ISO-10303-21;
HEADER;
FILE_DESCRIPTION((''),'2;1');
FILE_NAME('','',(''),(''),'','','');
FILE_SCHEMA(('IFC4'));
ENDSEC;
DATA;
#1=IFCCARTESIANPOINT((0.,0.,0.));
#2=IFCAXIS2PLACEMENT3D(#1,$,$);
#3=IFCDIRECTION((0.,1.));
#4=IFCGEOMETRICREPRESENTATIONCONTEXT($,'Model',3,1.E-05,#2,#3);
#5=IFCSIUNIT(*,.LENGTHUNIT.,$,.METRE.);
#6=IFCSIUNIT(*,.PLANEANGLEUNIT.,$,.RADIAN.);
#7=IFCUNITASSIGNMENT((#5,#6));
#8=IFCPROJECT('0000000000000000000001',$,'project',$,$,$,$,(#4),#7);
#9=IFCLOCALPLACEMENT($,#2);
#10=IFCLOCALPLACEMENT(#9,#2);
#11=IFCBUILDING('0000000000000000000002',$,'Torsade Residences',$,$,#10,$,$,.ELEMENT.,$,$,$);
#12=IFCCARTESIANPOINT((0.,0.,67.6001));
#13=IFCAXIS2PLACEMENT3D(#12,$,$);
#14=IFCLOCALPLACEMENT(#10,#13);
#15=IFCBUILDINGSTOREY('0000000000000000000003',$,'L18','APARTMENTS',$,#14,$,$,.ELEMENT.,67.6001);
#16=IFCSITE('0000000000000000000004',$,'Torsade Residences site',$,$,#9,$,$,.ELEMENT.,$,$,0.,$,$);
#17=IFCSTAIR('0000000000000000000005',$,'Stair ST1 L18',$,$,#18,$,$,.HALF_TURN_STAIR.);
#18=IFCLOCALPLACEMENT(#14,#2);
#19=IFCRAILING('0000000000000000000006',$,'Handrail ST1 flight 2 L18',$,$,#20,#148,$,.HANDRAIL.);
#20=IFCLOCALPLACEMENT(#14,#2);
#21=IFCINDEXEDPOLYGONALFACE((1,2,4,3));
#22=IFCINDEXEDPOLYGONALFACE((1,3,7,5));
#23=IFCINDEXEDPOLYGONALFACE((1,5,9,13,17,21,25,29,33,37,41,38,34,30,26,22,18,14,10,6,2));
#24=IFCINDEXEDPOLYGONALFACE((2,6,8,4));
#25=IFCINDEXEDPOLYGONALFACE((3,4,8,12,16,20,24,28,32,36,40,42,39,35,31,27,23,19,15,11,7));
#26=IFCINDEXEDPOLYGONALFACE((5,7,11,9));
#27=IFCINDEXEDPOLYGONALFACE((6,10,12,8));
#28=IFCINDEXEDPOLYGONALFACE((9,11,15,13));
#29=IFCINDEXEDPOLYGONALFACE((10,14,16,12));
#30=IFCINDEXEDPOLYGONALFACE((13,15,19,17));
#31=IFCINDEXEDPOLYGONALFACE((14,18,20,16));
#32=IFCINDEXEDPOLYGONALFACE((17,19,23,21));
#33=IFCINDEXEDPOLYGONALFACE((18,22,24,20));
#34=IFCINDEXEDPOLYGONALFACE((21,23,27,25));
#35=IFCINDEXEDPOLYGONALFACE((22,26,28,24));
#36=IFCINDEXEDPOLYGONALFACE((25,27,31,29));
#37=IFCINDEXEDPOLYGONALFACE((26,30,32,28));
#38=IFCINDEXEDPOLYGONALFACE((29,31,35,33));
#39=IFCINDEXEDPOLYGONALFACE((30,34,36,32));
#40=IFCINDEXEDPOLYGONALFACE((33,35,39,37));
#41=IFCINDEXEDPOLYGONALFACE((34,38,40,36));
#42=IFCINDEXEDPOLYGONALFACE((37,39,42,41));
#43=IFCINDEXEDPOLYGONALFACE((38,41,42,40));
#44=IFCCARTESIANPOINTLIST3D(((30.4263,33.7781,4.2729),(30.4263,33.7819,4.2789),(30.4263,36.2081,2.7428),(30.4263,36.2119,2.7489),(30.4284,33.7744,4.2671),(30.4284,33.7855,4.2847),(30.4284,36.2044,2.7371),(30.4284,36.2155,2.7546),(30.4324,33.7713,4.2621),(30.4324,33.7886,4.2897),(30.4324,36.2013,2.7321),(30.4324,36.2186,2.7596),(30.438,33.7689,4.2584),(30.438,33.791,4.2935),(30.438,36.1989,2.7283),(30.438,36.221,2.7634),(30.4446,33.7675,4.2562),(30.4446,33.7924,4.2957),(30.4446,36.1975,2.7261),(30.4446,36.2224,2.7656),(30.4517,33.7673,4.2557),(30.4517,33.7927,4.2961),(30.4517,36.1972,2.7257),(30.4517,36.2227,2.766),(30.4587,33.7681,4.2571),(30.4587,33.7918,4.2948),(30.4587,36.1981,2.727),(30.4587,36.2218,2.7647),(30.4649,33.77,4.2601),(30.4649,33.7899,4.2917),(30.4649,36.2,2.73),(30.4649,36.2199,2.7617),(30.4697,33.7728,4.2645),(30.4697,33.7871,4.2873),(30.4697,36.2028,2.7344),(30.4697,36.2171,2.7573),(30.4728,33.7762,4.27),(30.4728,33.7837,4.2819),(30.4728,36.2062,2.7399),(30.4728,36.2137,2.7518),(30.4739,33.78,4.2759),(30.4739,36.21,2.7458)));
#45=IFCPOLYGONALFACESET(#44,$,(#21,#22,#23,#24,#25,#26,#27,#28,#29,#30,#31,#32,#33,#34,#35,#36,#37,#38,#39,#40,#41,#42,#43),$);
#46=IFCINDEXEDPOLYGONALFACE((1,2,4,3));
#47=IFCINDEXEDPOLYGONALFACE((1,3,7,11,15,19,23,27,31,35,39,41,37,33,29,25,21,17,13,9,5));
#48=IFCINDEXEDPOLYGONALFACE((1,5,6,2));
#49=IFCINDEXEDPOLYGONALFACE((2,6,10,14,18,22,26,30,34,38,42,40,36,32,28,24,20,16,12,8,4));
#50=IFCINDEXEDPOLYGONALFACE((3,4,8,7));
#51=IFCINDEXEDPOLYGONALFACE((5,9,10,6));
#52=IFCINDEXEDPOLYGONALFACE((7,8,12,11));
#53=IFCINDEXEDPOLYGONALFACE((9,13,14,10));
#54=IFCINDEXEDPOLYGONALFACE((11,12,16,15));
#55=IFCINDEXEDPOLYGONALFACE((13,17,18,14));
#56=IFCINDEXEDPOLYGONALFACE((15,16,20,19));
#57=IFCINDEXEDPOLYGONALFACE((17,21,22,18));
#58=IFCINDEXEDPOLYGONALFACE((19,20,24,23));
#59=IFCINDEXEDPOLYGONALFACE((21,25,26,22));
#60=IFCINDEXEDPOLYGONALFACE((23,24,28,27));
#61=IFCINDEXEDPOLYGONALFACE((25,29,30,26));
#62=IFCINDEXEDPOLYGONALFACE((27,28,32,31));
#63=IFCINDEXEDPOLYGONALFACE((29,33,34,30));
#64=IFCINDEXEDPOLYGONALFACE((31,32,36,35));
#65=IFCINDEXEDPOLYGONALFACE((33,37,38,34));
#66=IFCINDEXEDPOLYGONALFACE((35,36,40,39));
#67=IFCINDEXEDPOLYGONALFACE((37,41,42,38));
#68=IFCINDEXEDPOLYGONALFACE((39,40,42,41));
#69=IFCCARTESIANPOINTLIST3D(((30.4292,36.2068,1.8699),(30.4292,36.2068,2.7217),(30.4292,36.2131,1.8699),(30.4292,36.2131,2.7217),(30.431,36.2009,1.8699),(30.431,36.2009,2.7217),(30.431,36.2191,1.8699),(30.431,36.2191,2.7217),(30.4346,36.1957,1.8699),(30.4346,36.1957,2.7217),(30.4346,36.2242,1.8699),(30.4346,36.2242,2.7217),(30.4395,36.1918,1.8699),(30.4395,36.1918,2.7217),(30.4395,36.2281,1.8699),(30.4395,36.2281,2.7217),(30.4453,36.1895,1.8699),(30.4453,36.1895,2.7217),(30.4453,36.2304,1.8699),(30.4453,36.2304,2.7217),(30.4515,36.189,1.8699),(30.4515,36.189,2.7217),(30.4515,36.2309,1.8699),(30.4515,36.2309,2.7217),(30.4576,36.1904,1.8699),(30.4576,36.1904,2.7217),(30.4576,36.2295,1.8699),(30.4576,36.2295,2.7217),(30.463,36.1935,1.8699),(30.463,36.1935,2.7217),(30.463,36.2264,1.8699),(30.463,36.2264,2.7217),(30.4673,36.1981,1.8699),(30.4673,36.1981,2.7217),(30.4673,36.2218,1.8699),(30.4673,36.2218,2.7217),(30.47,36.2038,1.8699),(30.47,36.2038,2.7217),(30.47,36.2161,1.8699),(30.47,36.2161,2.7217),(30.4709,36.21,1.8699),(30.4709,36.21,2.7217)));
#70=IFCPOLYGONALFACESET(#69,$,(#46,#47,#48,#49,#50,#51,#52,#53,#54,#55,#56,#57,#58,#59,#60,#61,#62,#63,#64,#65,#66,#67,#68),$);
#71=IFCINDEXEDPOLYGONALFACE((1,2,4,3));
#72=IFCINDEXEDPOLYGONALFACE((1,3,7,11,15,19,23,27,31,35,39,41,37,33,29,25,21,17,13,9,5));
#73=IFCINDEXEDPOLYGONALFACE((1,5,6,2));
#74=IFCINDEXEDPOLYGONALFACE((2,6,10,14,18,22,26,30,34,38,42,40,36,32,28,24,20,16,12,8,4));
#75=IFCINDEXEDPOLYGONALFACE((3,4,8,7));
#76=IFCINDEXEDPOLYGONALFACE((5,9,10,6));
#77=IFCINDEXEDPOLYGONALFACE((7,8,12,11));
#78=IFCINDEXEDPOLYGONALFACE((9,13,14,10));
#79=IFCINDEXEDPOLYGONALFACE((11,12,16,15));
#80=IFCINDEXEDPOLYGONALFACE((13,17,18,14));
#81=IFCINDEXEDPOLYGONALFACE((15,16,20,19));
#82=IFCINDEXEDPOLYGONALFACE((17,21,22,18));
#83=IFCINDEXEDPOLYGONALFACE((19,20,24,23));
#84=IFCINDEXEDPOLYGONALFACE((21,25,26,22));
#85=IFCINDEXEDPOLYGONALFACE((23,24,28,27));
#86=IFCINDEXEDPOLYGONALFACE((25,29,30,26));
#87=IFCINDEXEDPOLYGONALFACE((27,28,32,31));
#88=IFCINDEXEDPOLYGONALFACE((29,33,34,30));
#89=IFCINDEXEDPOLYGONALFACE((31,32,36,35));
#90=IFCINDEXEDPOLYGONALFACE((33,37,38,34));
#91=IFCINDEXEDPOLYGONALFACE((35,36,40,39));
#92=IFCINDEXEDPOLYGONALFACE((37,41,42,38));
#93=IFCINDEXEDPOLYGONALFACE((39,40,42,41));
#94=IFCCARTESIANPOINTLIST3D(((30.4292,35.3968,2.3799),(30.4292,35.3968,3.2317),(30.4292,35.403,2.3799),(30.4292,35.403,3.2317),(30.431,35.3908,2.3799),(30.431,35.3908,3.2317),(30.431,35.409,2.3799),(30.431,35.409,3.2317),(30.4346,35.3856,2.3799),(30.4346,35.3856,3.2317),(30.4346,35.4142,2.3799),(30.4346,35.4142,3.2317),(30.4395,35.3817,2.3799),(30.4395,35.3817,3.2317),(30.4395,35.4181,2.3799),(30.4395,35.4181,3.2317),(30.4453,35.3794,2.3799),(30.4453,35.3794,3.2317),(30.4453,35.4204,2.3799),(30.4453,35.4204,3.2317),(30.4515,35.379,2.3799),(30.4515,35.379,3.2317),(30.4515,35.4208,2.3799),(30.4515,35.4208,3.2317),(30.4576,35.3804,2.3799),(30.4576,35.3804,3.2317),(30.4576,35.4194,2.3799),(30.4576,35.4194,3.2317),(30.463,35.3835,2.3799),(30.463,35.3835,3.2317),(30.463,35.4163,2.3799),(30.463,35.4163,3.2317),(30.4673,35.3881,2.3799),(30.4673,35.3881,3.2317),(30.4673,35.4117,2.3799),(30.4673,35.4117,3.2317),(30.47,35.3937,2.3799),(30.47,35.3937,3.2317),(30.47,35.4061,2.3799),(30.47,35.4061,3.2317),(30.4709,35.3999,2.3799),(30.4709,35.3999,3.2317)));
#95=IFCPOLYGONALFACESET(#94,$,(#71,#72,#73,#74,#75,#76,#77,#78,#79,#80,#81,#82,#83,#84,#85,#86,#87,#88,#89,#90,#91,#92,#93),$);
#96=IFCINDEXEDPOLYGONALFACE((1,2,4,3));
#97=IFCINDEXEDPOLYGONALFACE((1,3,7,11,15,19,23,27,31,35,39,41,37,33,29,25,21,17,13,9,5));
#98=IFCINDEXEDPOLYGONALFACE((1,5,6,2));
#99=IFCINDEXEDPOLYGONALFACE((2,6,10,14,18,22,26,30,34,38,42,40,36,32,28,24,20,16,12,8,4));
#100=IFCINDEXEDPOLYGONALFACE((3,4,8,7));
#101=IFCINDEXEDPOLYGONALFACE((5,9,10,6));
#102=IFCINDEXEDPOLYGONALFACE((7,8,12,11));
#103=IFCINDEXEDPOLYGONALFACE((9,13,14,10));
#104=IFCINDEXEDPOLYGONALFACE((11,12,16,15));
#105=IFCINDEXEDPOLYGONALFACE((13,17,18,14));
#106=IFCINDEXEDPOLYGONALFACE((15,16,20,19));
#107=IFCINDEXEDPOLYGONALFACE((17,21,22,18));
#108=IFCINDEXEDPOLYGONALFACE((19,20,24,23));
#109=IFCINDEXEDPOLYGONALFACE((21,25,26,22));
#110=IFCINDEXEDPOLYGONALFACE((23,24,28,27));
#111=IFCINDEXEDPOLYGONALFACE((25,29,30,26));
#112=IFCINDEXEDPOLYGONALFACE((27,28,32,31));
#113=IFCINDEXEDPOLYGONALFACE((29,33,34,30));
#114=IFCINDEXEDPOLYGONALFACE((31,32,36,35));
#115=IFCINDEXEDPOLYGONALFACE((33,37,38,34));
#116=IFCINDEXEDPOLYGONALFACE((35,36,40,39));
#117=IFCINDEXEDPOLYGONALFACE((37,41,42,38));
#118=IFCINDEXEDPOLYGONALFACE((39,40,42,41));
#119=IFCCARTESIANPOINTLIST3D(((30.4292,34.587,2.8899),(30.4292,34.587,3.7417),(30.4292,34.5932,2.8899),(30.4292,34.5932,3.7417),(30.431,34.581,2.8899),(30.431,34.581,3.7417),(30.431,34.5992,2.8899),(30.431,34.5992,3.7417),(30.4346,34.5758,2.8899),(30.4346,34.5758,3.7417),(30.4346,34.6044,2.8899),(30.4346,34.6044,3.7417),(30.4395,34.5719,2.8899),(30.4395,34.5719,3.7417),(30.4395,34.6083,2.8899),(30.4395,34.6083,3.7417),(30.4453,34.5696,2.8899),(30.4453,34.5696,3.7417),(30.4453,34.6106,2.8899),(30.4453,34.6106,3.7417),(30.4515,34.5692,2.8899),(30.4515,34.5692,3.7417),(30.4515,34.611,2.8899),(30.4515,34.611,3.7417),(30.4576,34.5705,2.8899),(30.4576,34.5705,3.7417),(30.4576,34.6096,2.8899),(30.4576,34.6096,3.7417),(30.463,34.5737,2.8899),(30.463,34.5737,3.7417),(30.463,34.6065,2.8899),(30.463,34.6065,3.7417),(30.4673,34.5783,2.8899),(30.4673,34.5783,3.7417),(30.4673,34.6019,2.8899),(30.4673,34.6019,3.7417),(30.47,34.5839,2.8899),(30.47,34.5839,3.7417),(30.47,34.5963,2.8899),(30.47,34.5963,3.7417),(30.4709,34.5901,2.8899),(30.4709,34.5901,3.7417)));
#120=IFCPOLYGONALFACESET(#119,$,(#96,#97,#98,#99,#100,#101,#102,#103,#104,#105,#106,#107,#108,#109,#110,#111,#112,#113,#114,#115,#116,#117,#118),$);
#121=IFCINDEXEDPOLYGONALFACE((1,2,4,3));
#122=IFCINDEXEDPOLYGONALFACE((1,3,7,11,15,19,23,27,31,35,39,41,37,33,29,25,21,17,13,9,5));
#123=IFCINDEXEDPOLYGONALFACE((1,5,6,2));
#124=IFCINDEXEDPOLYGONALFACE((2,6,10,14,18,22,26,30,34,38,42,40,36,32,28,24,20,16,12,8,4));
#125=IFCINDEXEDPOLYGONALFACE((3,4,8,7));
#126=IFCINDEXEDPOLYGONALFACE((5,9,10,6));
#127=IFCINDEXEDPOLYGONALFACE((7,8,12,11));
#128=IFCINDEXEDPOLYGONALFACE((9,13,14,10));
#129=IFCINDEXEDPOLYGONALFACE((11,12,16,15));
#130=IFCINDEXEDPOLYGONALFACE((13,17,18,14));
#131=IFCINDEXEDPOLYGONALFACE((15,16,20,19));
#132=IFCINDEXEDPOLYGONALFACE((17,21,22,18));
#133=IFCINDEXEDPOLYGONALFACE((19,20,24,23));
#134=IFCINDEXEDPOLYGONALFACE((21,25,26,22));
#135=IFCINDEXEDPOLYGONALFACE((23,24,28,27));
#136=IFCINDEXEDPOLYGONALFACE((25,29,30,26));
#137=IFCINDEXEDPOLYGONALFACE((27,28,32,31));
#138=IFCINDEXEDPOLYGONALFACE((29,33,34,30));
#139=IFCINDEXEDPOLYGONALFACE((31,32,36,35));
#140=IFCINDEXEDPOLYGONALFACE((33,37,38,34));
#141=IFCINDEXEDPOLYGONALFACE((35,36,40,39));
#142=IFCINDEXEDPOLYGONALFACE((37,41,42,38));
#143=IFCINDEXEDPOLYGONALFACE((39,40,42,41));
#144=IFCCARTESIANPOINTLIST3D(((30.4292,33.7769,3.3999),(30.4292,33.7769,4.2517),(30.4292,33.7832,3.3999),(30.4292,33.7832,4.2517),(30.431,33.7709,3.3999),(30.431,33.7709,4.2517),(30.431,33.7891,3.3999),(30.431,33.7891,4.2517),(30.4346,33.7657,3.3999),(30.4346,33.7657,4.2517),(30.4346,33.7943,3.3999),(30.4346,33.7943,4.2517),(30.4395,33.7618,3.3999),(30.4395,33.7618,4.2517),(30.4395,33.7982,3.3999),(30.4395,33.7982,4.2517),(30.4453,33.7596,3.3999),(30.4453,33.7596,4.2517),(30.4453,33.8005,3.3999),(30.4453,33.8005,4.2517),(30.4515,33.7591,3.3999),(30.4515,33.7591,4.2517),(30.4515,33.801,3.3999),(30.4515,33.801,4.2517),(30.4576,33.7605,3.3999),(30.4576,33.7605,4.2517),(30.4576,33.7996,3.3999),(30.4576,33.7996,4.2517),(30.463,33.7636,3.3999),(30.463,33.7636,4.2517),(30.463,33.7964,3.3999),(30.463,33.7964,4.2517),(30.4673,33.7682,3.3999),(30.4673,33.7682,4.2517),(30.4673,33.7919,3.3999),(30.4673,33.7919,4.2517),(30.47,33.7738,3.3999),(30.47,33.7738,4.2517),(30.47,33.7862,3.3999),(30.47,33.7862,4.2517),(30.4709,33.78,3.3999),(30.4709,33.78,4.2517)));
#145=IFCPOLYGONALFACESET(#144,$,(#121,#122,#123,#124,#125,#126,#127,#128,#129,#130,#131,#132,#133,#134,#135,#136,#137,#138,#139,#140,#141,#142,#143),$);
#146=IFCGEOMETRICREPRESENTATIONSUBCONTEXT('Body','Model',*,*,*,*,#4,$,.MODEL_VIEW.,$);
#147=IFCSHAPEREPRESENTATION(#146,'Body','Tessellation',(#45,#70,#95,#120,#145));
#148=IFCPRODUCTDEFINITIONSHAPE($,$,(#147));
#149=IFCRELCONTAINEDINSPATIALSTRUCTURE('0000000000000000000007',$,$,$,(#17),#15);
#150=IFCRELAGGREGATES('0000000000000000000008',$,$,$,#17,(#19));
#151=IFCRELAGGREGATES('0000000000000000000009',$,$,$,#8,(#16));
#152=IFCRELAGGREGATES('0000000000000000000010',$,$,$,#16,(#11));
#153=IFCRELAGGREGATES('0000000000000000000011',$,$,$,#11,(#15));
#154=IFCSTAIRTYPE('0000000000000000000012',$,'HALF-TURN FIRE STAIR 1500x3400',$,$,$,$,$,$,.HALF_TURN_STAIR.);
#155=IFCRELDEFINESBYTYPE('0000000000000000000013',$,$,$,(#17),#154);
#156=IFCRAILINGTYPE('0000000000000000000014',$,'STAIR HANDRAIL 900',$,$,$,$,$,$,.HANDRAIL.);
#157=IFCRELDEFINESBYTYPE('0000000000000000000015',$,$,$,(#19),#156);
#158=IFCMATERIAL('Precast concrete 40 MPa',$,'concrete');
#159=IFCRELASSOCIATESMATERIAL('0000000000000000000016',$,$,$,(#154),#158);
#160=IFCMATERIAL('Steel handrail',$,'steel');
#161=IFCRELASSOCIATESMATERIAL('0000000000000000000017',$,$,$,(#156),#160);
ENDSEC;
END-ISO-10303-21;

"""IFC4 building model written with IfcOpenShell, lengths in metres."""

from ifc_helpers import new_model, si_unit, direction, frame, origin, origin_2d, place, context, subcontext, project, spatial, circle, extrude, material, type_object, element, aggregate, save


model = new_model("IFC4")

# Units and contexts
model_context = context("Model", 3, precision=1e-05, world=origin(), true_north=direction((0.0, 1.0)))
body_context = subcontext(model_context, "Body", "Model", "MODEL_VIEW")
ifc_project = project(units=[si_unit("LENGTHUNIT", "METRE"), si_unit("PLANEANGLEUNIT", "RADIAN")], contexts=[model_context])

# Site, building, storey
site_placement = place(None, origin())
site = spatial("IfcSite", under=ifc_project, at=site_placement, Name="Torsade Residences site", CompositionType="ELEMENT", RefElevation=0.0)
building_placement = place(site_placement, origin())
building = spatial("IfcBuilding", under=site, at=building_placement, Name="Torsade Residences", CompositionType="ELEMENT")
storey_placement = place(building_placement, frame((0.0, 0.0, 67.6001)))
storey = spatial("IfcBuildingStorey", under=building, at=storey_placement, Name="L18", Description="APARTMENTS", CompositionType="ELEMENT", Elevation=67.6001)

# Stair, railing
ifc_material_1 = material(Name="Precast concrete 40 MPa", Category="concrete")
stair_type = type_object("IfcStairType", Name="HALF-TURN FIRE STAIR 1500x3400", PredefinedType="HALF_TURN_STAIR", material=ifc_material_1)
stair_placement = place(storey_placement, origin())
stair = element("IfcStair", 1, at=stair_placement, inside=storey, type_object=stair_type, Name="Stair ST1 L18", PredefinedType="HALF_TURN_STAIR")
ifc_material_2 = material(Name="Steel handrail", Category="steel")
railing_type = type_object("IfcRailingType", Name="STAIR HANDRAIL 900", PredefinedType="HANDRAIL", material=ifc_material_2)
railing_1_placement = place(storey_placement, frame((30.45, 36.21, 1.8699)))
railing_1 = element("IfcRailing", 2, at=railing_1_placement, type_object=railing_type, Name="Handrail ST1 flight 2 L18", PredefinedType="HANDRAIL", context=body_context, shape_type="SweptSolid", body=[
    extrude(circle(Radius=0.0239, at=origin_2d()), frame((0.0, 0.0, 0.876), z_axis=(0.0, -0.846221, 0.532831), x_axis=(1.0, 0.0, 0.0)), (0.0, 0.0, 1.0), 2.8716),
    extrude(circle(Radius=0.021, at=origin_2d()), origin(), (0.0, 0.0, 1.0), 0.8518),
    extrude(circle(Radius=0.021, at=origin_2d()), frame((0.0, -0.8101, 0.51)), (0.0, 0.0, 1.0), 0.8518),
    extrude(circle(Radius=0.021, at=origin_2d()), frame((0.0, -1.6199, 1.02)), (0.0, 0.0, 1.0), 0.8518),
    extrude(circle(Radius=0.021, at=origin_2d()), frame((0.0, -2.4299, 1.53)), (0.0, 0.0, 1.0), 0.8518),
])
aggregate(stair, [railing_1])

save(model, "model.ifc")
